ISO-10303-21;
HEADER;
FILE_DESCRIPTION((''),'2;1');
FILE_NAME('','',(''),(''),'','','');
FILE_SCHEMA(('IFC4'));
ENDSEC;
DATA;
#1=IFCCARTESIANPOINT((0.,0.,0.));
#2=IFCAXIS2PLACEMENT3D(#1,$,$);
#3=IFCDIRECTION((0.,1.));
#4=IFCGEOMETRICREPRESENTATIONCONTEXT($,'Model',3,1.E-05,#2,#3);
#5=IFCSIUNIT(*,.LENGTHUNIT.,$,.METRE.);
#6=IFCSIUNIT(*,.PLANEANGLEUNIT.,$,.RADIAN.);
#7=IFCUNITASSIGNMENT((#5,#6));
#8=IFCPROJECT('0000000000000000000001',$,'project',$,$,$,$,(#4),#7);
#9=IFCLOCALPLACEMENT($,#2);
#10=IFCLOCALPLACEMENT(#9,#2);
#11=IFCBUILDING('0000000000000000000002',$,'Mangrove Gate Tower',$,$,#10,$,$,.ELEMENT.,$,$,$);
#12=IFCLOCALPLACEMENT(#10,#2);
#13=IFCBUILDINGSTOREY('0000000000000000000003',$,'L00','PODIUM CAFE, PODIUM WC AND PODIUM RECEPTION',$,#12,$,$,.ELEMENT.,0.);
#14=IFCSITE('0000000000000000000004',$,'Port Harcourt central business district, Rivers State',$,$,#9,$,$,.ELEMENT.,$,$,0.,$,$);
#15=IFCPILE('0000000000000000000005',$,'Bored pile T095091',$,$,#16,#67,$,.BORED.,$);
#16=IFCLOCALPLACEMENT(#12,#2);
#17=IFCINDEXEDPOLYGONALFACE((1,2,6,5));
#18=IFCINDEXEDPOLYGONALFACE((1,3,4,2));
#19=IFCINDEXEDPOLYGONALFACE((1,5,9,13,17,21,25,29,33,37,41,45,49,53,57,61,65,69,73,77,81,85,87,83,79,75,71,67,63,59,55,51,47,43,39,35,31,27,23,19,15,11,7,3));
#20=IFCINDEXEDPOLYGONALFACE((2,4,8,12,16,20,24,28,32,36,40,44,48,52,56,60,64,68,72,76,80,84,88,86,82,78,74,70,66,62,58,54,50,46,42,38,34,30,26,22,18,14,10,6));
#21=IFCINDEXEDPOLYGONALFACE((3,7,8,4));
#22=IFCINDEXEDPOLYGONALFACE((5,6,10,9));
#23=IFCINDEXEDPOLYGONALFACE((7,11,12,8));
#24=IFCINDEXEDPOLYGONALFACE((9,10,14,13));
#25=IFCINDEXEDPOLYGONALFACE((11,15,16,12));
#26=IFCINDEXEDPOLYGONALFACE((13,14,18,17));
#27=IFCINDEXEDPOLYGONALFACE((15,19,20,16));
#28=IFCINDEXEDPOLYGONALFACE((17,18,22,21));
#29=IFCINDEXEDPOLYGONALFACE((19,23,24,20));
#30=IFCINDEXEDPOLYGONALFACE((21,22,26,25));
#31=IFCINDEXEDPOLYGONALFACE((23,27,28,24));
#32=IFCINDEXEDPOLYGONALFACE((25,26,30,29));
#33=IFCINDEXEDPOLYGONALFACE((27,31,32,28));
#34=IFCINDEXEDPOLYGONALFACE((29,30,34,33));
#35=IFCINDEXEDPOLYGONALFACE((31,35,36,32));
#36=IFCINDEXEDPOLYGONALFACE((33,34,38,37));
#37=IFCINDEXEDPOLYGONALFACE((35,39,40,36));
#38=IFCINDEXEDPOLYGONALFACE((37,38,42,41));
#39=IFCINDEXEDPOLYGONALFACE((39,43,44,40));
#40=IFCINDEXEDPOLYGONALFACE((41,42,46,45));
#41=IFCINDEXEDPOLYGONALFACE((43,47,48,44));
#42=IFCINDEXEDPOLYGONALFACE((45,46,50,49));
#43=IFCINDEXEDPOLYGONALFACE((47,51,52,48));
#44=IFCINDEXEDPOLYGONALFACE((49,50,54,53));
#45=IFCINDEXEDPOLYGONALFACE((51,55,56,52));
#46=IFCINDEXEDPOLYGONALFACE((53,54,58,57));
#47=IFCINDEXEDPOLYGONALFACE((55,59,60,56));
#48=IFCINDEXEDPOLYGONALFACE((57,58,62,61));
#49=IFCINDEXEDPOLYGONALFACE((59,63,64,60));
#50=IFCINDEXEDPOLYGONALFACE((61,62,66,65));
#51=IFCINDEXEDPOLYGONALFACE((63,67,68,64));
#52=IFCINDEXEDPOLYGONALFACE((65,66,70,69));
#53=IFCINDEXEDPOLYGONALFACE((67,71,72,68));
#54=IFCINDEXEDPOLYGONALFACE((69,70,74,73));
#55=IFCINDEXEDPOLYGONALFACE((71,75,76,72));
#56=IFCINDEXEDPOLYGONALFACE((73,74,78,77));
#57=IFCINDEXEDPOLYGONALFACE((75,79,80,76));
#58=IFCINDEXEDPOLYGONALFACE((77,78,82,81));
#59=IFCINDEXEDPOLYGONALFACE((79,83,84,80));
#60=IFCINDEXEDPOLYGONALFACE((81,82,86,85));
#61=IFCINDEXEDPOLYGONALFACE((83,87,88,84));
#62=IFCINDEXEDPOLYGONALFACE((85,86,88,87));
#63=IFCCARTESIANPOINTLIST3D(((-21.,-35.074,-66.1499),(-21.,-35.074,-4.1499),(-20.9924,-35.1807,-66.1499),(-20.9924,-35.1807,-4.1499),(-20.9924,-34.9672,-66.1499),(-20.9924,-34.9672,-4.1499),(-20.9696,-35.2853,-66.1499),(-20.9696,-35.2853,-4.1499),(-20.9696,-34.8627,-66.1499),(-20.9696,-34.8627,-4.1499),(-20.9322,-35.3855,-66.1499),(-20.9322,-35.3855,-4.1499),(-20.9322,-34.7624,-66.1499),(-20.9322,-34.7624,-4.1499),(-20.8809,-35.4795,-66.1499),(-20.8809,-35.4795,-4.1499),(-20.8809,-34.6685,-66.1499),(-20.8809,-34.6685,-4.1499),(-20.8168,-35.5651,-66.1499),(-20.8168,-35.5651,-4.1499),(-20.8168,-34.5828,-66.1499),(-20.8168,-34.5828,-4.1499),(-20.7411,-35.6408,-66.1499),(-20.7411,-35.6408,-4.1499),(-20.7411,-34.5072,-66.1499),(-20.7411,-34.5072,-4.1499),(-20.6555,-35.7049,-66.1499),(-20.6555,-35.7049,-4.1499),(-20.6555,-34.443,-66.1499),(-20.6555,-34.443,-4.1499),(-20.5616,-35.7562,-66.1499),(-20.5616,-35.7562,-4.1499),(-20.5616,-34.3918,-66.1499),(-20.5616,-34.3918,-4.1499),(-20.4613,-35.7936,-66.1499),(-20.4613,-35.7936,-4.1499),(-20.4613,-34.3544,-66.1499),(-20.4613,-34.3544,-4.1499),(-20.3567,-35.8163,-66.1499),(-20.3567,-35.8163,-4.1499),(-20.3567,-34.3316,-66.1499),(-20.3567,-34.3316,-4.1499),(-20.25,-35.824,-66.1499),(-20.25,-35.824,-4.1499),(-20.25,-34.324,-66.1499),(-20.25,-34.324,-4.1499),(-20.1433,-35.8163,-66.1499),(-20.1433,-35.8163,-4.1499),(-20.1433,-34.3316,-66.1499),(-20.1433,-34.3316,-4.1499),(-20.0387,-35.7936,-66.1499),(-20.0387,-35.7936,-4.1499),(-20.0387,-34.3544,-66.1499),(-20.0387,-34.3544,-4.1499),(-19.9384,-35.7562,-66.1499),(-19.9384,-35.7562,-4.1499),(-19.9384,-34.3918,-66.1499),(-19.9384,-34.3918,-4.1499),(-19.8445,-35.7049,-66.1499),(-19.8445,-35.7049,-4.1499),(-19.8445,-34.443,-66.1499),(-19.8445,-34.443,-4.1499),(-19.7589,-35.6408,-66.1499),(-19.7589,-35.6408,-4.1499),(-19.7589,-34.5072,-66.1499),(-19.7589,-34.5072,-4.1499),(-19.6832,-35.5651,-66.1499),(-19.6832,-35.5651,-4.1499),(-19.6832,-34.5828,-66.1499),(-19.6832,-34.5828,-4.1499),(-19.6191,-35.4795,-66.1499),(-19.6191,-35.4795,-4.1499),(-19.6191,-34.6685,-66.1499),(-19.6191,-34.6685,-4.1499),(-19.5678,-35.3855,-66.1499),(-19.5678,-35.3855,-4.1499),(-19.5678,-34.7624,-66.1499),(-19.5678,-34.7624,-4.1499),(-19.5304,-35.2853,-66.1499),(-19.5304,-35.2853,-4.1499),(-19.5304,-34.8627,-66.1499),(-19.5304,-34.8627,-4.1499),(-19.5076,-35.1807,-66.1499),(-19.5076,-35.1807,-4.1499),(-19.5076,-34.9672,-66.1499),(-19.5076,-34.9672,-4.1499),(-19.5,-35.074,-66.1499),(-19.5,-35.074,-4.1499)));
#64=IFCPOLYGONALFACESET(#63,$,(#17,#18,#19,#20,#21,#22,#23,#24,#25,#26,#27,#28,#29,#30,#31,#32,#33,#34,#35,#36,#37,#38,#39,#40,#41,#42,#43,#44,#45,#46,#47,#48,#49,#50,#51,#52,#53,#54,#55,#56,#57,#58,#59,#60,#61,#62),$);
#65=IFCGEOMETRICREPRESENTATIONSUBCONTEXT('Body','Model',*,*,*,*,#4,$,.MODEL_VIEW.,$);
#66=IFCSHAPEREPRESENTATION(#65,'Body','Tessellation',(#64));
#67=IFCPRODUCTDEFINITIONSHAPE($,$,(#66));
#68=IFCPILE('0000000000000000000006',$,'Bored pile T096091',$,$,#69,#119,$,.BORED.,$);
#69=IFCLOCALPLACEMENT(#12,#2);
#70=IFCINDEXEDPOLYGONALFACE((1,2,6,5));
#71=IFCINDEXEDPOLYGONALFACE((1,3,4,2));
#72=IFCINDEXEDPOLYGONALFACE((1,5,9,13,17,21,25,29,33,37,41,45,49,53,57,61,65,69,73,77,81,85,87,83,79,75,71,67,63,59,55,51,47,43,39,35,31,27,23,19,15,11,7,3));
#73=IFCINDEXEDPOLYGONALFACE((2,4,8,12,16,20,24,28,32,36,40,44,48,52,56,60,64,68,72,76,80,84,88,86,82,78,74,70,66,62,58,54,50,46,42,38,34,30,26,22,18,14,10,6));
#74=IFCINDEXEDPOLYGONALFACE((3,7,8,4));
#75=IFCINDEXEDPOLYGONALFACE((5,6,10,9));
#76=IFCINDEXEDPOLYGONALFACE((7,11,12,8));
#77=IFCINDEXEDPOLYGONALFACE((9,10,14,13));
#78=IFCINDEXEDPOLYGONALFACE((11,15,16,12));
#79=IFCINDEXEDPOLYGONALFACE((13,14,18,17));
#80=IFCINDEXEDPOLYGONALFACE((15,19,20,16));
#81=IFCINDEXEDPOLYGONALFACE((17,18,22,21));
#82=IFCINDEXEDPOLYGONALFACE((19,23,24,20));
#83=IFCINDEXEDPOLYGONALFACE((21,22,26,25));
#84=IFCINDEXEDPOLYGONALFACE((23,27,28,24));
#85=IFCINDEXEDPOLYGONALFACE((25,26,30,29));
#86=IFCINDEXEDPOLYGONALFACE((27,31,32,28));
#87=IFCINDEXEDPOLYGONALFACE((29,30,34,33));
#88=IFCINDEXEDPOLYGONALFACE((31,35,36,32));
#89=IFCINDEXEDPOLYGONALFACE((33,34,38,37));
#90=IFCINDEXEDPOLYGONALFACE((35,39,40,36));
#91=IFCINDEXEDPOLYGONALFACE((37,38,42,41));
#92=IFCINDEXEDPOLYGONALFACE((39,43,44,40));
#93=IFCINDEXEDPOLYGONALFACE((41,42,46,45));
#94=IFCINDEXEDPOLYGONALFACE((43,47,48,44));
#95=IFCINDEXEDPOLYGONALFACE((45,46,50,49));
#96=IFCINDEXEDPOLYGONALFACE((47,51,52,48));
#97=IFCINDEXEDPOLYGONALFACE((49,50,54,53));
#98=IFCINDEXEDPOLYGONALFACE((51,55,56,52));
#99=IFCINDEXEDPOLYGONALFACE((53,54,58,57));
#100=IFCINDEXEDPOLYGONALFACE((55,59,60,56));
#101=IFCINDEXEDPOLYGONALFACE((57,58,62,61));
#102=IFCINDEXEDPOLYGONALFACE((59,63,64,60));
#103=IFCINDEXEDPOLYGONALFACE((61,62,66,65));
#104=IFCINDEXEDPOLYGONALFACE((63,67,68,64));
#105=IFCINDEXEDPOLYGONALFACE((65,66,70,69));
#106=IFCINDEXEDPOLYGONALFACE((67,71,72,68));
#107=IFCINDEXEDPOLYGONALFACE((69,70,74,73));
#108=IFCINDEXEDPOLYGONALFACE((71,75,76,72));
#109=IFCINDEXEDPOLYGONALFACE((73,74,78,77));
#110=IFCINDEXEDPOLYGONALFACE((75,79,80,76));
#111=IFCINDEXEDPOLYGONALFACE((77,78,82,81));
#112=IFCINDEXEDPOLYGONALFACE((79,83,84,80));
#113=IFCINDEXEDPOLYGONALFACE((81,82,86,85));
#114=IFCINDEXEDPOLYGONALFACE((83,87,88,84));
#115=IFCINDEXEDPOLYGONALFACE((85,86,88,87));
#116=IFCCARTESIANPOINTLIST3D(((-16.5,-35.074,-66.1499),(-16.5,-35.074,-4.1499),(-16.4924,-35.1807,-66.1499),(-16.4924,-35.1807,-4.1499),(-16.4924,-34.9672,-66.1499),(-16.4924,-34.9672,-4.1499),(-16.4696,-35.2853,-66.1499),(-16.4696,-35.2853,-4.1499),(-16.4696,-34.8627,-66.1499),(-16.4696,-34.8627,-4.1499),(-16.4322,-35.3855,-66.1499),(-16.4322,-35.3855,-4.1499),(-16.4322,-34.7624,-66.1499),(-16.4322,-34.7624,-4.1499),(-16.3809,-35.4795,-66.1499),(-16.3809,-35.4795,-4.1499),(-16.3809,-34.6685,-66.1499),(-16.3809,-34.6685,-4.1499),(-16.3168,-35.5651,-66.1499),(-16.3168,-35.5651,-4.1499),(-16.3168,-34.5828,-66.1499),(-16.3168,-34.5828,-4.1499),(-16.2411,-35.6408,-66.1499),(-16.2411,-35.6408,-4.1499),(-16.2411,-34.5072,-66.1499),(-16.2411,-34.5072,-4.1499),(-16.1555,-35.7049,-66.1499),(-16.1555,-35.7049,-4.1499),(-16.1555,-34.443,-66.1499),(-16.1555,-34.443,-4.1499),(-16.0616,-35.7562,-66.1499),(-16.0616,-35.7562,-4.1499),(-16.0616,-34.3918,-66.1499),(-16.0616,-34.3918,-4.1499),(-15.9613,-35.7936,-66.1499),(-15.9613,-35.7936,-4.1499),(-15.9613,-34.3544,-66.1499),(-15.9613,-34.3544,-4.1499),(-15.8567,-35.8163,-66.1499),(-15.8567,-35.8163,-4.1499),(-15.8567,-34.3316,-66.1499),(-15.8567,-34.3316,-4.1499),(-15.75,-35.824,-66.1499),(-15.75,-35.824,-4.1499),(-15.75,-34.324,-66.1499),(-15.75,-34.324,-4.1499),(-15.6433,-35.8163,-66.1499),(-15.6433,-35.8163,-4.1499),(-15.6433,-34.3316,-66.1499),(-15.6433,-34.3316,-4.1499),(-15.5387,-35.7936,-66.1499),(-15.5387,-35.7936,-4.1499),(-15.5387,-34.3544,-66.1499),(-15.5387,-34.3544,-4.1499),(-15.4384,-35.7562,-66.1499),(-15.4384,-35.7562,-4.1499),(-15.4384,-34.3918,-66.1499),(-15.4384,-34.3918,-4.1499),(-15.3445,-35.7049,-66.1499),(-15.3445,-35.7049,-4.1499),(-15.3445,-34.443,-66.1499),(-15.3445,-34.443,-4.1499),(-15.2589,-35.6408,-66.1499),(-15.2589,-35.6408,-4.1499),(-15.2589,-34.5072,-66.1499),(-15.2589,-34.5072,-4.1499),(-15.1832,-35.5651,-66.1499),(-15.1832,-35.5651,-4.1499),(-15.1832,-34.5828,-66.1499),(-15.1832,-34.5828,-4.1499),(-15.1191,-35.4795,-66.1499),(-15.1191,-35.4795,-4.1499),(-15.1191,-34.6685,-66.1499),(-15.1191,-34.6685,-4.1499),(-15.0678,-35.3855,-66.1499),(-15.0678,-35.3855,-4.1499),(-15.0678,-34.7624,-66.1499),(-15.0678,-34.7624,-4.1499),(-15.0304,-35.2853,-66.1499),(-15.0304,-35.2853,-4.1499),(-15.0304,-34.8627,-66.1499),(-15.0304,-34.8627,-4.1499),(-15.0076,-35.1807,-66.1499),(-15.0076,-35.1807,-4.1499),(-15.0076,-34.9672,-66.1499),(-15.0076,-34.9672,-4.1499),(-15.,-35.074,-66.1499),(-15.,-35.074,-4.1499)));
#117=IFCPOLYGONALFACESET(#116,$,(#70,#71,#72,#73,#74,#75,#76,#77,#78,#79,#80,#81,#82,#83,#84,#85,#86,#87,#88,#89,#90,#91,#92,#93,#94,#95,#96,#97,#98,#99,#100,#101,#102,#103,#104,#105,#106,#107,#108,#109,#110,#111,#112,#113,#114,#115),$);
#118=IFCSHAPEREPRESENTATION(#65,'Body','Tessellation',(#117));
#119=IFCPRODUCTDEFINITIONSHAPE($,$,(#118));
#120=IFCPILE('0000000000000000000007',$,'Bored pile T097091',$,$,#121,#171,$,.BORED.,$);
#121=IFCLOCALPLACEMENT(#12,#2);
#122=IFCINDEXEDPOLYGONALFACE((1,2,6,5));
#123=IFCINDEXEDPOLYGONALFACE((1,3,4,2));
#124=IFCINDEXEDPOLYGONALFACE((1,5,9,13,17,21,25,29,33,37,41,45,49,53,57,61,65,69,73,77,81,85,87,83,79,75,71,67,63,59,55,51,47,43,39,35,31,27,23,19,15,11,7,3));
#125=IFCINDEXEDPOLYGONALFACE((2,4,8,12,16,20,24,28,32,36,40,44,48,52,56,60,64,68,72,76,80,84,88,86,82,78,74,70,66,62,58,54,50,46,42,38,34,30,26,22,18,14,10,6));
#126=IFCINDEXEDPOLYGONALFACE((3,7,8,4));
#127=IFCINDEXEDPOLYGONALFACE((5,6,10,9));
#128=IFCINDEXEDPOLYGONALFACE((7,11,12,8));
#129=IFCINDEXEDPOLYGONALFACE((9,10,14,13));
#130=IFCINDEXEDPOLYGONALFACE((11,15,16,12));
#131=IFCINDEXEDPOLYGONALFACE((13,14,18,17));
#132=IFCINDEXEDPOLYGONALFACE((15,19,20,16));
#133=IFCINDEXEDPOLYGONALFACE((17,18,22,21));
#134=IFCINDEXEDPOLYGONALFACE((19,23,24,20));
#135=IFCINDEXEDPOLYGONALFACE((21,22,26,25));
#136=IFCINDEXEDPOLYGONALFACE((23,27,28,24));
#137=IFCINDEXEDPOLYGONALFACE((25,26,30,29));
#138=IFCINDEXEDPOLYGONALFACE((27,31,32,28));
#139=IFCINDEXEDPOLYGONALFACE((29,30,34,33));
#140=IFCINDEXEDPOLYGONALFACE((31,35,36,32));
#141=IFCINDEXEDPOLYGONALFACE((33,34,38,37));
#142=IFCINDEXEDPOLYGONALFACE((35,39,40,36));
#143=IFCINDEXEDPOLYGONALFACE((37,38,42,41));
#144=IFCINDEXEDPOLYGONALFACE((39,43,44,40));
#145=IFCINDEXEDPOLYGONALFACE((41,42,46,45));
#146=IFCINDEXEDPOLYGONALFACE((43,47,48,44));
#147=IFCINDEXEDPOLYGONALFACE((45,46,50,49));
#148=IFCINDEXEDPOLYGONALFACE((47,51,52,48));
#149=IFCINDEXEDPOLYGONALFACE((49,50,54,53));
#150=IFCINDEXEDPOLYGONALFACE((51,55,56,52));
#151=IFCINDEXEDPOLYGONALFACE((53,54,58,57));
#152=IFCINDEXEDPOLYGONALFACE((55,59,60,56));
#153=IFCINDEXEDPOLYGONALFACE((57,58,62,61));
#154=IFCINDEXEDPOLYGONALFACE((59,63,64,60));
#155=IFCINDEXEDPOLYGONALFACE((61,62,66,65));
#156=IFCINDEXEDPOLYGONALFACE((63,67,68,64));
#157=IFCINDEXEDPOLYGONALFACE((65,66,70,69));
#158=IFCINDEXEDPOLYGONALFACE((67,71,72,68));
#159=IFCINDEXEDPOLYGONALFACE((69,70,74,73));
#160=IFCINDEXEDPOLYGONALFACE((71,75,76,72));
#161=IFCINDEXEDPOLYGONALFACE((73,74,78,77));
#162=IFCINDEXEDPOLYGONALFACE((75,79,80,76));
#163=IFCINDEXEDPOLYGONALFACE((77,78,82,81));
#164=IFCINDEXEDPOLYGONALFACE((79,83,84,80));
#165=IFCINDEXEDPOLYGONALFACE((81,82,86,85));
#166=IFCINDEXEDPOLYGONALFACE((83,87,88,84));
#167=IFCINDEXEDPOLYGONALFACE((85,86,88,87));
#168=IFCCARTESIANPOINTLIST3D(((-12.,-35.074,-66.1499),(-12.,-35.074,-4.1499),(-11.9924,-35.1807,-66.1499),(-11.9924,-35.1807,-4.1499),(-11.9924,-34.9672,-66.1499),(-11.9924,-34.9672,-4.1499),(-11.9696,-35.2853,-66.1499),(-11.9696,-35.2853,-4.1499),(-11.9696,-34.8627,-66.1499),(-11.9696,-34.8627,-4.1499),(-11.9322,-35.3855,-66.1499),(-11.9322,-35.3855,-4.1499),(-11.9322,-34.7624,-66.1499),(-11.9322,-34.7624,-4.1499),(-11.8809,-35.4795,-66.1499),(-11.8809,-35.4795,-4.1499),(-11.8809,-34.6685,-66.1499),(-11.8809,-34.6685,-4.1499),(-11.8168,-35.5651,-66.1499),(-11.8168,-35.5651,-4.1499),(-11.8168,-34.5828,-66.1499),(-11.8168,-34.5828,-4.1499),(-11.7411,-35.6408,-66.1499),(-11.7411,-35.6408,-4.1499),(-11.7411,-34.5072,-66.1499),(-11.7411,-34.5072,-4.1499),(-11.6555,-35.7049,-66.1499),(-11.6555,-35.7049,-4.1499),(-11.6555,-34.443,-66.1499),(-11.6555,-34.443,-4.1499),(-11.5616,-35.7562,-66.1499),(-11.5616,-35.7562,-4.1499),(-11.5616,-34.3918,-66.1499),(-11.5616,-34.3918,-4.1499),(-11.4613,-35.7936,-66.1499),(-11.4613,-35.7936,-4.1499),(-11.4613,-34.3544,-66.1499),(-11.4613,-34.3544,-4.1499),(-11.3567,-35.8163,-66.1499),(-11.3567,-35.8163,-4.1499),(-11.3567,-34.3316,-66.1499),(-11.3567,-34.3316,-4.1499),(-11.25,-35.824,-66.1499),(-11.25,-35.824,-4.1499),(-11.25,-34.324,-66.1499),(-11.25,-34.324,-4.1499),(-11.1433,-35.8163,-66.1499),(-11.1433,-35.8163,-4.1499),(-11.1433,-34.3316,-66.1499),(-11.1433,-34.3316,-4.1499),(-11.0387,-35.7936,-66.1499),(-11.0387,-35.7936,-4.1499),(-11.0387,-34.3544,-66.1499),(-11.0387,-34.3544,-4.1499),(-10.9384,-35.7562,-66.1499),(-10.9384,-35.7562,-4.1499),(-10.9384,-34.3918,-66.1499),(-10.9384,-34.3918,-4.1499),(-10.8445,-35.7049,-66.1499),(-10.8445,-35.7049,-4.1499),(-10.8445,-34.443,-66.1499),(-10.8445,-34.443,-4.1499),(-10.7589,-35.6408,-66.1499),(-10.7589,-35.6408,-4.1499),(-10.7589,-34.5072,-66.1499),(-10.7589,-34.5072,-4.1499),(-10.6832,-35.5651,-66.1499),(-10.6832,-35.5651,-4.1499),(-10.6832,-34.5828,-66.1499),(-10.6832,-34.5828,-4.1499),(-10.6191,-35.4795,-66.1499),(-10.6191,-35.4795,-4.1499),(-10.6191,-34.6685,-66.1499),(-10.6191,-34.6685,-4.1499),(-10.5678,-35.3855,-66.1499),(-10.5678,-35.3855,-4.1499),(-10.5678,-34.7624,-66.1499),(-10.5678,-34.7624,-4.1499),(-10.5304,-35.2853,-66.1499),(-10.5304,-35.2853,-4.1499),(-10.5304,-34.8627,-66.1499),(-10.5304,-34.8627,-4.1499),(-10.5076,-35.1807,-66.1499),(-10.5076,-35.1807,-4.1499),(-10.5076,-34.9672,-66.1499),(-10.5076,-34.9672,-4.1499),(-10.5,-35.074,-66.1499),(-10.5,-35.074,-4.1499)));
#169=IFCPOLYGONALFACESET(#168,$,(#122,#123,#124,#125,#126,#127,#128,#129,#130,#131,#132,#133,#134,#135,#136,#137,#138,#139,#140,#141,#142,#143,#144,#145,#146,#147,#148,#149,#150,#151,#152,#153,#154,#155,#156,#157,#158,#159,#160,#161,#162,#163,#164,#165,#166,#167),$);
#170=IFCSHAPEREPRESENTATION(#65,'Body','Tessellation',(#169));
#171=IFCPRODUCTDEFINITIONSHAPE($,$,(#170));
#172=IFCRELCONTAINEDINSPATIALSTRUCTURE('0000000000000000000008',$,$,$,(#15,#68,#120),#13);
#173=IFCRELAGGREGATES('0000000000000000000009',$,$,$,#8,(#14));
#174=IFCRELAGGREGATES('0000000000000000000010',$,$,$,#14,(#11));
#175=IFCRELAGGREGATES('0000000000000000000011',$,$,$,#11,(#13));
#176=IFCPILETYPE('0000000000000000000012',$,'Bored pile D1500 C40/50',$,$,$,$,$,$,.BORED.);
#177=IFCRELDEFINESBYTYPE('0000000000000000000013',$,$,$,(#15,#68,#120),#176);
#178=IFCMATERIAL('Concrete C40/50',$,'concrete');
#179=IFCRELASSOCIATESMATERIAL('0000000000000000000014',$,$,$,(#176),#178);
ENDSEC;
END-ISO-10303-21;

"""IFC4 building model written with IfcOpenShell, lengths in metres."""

from ifc_helpers import new_model, si_unit, direction, frame, origin, origin_2d, place, context, subcontext, project, spatial, circle, extrude, material, material_profile, profile_set, type_object, element, save


model = new_model("IFC4")

# Units and contexts
model_context = context("Model", 3, precision=1e-05, world=origin(), true_north=direction((0.0, 1.0)))
body_context = subcontext(model_context, "Body", "Model", "MODEL_VIEW")
ifc_project = project(units=[si_unit("LENGTHUNIT", "METRE"), si_unit("PLANEANGLEUNIT", "RADIAN")], contexts=[model_context])

# Site, building, storey
site_placement = place(None, origin())
site = spatial("IfcSite", under=ifc_project, at=site_placement, Name="Port Harcourt central business district, Rivers State", CompositionType="ELEMENT", RefElevation=0.0)
building_placement = place(site_placement, origin())
building = spatial("IfcBuilding", under=site, at=building_placement, Name="Mangrove Gate Tower", CompositionType="ELEMENT")
storey_placement = place(building_placement, origin())
storey = spatial("IfcBuildingStorey", under=building, at=storey_placement, Name="L00", Description="PODIUM CAFE, PODIUM WC AND PODIUM RECEPTION", CompositionType="ELEMENT", Elevation=0.0)

# Piles
ifc_material_1 = material(Name="Concrete C40/50", Category="concrete")
ifc_material_profile_1 = material_profile(ifc_material_1, circle(Radius=0.75, at=origin_2d()))
ifc_profile_set_1 = profile_set([ifc_material_profile_1], Name="Concrete C40/50")
pile_type = type_object("IfcPileType", Name="Bored pile D1500 C40/50", PredefinedType="BORED", material=ifc_profile_set_1)
for number, where, z_axis, x_axis, name in (
    (1, (-20.25, -35.074, -4.1499), (0.0, 0.0, -1.0), (1.0, 0.0, 0.0), "Bored pile T095091"),
    (2, (-15.75, -35.074, -4.1499), (0.0, 0.0, -1.0), (1.0, 0.0, 0.0), "Bored pile T096091"),
    (3, (-11.25, -35.074, -4.1499), (0.0, 0.0, -1.0), (1.0, 0.0, 0.0), "Bored pile T097091"),
):
    element("IfcPile", number, at=place(storey_placement, frame(where, z_axis=z_axis, x_axis=x_axis)), inside=storey, type_object=pile_type, Name=name, PredefinedType="BORED", context=body_context, shape_type="SweptSolid", body=[
        extrude(circle(Radius=0.75, at=origin_2d()), origin(), (0.0, 0.0, 1.0), 62.0),
    ])

save(model, "model.ifc")
